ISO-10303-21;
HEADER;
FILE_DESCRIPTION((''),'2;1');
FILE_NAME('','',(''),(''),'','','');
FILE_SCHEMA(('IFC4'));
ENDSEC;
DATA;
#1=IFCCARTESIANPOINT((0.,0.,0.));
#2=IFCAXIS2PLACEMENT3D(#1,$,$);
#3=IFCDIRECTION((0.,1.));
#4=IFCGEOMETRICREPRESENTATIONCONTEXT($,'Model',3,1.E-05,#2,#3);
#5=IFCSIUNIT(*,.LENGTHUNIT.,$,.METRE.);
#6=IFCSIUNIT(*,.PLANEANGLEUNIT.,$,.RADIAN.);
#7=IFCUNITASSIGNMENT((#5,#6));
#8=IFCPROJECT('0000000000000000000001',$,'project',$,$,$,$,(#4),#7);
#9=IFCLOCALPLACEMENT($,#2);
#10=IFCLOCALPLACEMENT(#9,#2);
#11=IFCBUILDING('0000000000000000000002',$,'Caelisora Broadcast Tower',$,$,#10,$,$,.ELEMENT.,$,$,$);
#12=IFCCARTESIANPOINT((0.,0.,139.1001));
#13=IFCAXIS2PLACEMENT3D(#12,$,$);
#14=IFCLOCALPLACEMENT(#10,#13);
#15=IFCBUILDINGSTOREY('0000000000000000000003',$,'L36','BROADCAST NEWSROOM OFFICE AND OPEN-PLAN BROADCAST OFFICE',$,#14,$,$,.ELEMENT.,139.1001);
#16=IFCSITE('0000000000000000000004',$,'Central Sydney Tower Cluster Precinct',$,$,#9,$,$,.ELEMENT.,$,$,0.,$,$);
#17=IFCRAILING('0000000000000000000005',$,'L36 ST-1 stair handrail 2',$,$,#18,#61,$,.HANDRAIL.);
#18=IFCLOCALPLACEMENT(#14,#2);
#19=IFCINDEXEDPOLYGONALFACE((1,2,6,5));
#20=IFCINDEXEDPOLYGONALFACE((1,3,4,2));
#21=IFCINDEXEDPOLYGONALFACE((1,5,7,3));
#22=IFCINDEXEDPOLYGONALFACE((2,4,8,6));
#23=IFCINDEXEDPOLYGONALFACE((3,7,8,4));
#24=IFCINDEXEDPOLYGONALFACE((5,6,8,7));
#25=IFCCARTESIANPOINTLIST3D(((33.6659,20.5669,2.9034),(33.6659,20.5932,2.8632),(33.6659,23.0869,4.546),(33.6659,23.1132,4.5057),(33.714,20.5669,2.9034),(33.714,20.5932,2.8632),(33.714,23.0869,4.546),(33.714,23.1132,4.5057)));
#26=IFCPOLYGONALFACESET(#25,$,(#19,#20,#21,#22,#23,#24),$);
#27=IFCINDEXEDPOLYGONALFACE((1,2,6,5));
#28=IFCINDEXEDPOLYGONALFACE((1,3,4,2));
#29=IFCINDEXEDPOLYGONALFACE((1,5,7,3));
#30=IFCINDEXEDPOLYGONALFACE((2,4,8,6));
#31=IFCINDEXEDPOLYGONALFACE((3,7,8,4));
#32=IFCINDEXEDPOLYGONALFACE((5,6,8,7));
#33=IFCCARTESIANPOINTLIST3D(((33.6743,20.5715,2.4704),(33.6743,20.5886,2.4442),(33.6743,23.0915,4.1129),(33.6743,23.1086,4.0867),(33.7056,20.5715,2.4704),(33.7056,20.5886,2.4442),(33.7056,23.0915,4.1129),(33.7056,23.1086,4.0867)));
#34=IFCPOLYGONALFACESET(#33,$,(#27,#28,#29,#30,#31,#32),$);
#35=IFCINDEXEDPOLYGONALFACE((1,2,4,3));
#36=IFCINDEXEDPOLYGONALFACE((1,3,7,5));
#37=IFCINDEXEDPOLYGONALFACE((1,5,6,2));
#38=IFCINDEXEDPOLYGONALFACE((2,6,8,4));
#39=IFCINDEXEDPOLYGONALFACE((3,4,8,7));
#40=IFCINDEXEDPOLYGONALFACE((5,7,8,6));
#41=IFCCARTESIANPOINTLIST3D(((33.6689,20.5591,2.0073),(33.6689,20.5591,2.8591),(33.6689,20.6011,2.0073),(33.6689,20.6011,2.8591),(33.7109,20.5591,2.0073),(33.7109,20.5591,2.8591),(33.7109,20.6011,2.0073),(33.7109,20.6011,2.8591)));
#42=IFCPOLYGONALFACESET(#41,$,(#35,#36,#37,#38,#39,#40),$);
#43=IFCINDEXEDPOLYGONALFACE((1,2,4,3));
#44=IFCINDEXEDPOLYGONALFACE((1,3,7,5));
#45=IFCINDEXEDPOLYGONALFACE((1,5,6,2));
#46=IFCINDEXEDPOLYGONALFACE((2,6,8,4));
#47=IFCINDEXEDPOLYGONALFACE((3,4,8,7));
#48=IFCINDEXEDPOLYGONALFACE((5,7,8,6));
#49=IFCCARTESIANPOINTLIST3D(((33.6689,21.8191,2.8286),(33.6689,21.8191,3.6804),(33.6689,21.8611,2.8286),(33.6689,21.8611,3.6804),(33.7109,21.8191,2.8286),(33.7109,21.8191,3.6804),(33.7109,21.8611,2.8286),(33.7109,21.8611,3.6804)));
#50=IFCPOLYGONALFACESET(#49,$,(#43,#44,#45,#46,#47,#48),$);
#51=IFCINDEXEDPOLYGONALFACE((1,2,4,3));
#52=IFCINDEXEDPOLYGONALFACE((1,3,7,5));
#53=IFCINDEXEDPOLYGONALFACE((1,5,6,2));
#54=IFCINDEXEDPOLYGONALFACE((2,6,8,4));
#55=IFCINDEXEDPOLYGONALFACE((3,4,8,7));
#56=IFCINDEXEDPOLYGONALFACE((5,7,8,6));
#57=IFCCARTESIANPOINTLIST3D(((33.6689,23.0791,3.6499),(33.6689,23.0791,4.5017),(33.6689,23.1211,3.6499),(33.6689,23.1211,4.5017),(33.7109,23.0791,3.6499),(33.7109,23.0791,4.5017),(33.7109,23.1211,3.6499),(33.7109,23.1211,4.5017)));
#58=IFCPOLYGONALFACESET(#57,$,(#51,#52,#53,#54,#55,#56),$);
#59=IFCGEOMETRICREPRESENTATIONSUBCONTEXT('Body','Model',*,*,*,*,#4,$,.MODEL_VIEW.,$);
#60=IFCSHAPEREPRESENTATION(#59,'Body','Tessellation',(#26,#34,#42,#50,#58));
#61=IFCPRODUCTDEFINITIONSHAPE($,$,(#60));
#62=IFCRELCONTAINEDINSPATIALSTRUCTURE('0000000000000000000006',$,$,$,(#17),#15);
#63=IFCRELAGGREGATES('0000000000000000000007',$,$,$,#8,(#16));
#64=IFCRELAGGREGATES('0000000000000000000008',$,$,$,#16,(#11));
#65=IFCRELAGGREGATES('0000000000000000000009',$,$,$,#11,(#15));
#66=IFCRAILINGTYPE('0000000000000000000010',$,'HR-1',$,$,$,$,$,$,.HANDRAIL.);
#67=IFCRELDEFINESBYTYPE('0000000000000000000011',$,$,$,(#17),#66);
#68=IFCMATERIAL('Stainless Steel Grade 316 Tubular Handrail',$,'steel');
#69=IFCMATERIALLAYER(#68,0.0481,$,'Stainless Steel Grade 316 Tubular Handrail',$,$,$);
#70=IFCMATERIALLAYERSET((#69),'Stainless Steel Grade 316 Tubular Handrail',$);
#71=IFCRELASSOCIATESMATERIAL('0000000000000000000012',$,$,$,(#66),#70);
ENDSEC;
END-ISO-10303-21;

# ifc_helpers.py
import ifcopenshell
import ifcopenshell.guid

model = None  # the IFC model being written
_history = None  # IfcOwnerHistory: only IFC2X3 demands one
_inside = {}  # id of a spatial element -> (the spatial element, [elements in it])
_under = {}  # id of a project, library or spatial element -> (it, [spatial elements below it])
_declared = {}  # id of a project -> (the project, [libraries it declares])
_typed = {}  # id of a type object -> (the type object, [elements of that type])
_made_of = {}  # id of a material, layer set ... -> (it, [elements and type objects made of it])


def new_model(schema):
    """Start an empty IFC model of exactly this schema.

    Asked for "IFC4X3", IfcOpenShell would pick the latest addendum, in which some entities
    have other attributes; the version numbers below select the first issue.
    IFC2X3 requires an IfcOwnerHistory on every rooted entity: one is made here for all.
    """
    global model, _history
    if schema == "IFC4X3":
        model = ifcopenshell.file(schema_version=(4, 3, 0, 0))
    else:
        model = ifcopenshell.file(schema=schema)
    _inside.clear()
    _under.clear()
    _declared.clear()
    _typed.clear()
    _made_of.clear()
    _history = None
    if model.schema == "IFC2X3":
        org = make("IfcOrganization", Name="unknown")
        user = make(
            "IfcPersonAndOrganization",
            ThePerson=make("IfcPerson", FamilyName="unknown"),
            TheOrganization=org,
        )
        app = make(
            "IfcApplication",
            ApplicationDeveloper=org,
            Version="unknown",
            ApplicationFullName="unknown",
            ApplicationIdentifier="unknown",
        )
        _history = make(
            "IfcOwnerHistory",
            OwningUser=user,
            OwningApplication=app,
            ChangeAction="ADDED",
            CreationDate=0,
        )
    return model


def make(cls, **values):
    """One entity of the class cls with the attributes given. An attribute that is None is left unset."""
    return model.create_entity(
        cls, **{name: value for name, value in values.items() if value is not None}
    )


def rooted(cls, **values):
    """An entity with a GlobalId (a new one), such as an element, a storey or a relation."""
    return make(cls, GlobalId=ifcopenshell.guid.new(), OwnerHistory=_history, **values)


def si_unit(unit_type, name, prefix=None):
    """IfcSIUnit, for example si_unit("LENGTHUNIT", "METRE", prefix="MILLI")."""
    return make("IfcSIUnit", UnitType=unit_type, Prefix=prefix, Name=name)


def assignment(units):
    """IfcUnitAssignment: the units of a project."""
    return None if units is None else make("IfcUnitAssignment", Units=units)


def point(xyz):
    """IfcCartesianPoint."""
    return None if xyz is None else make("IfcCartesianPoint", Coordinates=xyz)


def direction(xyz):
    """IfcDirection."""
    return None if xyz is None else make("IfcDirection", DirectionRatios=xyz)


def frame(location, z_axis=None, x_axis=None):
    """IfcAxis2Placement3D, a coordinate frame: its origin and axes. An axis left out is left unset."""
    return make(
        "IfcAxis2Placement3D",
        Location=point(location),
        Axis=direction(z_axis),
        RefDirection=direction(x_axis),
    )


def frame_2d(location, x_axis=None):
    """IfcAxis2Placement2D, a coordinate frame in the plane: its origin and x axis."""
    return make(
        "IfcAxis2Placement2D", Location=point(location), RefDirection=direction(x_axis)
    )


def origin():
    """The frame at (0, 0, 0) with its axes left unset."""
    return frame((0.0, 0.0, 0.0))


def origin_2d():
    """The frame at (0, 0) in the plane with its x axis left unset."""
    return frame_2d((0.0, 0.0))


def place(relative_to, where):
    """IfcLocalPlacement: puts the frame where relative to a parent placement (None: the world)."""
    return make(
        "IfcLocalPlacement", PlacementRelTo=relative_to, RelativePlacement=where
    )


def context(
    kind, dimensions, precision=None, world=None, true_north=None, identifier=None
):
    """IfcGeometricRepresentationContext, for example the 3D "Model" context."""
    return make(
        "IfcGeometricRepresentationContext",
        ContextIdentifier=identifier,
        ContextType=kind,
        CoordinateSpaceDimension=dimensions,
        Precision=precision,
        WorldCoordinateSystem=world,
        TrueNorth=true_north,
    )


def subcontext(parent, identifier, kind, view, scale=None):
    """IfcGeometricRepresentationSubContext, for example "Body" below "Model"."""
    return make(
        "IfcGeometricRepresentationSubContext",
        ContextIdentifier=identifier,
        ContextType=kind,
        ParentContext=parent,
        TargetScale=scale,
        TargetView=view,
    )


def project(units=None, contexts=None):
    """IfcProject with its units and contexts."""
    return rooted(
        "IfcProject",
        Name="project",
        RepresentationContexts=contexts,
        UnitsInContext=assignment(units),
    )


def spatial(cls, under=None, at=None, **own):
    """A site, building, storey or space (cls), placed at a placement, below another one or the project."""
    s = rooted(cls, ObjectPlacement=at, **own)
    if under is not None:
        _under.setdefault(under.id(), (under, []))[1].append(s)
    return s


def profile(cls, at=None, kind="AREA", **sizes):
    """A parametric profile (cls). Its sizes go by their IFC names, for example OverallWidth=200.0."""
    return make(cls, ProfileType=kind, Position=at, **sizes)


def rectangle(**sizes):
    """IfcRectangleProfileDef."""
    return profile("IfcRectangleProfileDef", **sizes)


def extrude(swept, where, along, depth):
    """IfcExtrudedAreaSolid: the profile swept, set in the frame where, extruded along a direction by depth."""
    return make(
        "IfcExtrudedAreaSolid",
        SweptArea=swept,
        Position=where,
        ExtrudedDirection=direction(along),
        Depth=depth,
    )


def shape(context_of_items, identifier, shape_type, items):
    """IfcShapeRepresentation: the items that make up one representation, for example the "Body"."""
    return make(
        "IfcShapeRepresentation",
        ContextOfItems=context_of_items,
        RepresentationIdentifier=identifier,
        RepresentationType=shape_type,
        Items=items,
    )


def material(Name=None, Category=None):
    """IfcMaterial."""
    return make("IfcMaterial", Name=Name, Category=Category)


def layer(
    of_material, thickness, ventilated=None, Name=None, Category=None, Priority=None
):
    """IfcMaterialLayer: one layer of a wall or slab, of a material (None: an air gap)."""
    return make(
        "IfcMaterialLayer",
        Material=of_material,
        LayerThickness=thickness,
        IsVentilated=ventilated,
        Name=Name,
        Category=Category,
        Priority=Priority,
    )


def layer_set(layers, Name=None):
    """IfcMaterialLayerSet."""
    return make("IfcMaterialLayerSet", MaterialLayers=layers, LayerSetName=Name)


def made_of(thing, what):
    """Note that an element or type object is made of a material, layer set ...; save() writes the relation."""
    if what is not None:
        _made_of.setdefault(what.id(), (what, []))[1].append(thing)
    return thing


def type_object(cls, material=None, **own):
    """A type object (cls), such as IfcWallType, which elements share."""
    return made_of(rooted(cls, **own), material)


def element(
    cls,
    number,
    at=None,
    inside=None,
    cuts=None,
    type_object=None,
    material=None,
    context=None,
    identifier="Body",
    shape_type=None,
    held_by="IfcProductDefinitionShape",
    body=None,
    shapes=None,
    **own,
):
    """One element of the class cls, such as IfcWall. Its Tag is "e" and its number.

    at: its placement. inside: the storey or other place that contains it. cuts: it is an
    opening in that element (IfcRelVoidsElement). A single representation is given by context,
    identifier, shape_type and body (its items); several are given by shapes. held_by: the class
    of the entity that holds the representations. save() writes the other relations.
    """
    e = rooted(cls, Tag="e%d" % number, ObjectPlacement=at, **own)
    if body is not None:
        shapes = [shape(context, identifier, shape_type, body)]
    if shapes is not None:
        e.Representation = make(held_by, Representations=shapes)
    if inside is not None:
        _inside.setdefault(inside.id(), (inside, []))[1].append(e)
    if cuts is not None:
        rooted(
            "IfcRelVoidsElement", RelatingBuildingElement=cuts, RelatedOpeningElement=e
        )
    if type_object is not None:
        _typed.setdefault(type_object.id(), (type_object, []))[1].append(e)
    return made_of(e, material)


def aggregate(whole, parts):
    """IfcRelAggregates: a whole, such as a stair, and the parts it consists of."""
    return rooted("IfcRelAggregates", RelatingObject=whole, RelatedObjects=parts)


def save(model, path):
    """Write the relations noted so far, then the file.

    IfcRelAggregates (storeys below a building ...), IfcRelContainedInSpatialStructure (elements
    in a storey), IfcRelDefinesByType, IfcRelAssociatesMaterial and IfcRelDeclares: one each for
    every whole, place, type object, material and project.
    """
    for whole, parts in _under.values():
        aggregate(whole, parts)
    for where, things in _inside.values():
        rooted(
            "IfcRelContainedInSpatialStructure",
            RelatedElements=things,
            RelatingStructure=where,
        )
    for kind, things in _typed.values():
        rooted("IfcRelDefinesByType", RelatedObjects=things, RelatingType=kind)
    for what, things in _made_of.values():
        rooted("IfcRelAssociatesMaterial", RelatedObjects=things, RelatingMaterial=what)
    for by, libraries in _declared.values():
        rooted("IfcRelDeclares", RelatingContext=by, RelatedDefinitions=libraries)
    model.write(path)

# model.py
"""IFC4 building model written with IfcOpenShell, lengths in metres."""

from ifc_helpers import new_model, si_unit, direction, frame, origin, origin_2d, place, context, subcontext, project, spatial, rectangle, extrude, material, layer, layer_set, type_object, element, save


model = new_model("IFC4")

# Units and contexts
model_context = context("Model", 3, precision=1e-05, world=origin(), true_north=direction((0.0, 1.0)))
body_context = subcontext(model_context, "Body", "Model", "MODEL_VIEW")
ifc_project = project(units=[si_unit("LENGTHUNIT", "METRE"), si_unit("PLANEANGLEUNIT", "RADIAN")], contexts=[model_context])

# Site, building, storey
site_placement = place(None, origin())
site = spatial("IfcSite", under=ifc_project, at=site_placement, Name="Central Sydney Tower Cluster Precinct", CompositionType="ELEMENT", RefElevation=0.0)
building_placement = place(site_placement, origin())
building = spatial("IfcBuilding", under=site, at=building_placement, Name="Caelisora Broadcast Tower", CompositionType="ELEMENT")
storey_placement = place(building_placement, frame((0.0, 0.0, 139.1001)))
storey = spatial("IfcBuildingStorey", under=building, at=storey_placement, Name="L36", Description="BROADCAST NEWSROOM OFFICE AND OPEN-PLAN BROADCAST OFFICE", CompositionType="ELEMENT", Elevation=139.1001)

# Railing
ifc_material_1 = material(Name="Stainless Steel Grade 316 Tubular Handrail", Category="steel")
ifc_layer_1 = layer(ifc_material_1, 0.0481, Name="Stainless Steel Grade 316 Tubular Handrail")
ifc_layer_set_1 = layer_set([ifc_layer_1], Name="Stainless Steel Grade 316 Tubular Handrail")
railing_type_1 = type_object("IfcRailingType", Name="HR-1", PredefinedType="HANDRAIL", material=ifc_layer_set_1)
railing_1_placement = place(storey_placement, frame((33.6899, 20.5801, 2.0073)))
element("IfcRailing", 1, at=railing_1_placement, inside=storey, type_object=railing_type_1, Name="L36 ST-1 stair handrail 2", PredefinedType="HANDRAIL", context=body_context, shape_type="SweptSolid", body=[
    extrude(rectangle(XDim=0.0481, YDim=0.0481, at=origin_2d()), frame((0.0, 0.0, 0.876), z_axis=(0.0, 0.837749, 0.546055), x_axis=(-1.0, 0.0, 0.0)), (0.0, 0.0, 1.0), 3.0081),
    extrude(rectangle(XDim=0.0312, YDim=0.0312, at=origin_2d()), frame((0.0, 0.0, 0.45), z_axis=(0.0, 0.837749, 0.546055), x_axis=(-1.0, 0.0, 0.0)), (0.0, 0.0, 1.0), 3.0081),
    extrude(rectangle(XDim=0.042, YDim=0.042, at=origin_2d()), origin(), (0.0, 0.0, 1.0), 0.8518),
    extrude(rectangle(XDim=0.042, YDim=0.042, at=origin_2d()), frame((0.0, 1.26, 0.8213)), (0.0, 0.0, 1.0), 0.8518),
    extrude(rectangle(XDim=0.042, YDim=0.042, at=origin_2d()), frame((0.0, 2.52, 1.6426)), (0.0, 0.0, 1.0), 0.8518),
])

save(model, "model.ifc")
